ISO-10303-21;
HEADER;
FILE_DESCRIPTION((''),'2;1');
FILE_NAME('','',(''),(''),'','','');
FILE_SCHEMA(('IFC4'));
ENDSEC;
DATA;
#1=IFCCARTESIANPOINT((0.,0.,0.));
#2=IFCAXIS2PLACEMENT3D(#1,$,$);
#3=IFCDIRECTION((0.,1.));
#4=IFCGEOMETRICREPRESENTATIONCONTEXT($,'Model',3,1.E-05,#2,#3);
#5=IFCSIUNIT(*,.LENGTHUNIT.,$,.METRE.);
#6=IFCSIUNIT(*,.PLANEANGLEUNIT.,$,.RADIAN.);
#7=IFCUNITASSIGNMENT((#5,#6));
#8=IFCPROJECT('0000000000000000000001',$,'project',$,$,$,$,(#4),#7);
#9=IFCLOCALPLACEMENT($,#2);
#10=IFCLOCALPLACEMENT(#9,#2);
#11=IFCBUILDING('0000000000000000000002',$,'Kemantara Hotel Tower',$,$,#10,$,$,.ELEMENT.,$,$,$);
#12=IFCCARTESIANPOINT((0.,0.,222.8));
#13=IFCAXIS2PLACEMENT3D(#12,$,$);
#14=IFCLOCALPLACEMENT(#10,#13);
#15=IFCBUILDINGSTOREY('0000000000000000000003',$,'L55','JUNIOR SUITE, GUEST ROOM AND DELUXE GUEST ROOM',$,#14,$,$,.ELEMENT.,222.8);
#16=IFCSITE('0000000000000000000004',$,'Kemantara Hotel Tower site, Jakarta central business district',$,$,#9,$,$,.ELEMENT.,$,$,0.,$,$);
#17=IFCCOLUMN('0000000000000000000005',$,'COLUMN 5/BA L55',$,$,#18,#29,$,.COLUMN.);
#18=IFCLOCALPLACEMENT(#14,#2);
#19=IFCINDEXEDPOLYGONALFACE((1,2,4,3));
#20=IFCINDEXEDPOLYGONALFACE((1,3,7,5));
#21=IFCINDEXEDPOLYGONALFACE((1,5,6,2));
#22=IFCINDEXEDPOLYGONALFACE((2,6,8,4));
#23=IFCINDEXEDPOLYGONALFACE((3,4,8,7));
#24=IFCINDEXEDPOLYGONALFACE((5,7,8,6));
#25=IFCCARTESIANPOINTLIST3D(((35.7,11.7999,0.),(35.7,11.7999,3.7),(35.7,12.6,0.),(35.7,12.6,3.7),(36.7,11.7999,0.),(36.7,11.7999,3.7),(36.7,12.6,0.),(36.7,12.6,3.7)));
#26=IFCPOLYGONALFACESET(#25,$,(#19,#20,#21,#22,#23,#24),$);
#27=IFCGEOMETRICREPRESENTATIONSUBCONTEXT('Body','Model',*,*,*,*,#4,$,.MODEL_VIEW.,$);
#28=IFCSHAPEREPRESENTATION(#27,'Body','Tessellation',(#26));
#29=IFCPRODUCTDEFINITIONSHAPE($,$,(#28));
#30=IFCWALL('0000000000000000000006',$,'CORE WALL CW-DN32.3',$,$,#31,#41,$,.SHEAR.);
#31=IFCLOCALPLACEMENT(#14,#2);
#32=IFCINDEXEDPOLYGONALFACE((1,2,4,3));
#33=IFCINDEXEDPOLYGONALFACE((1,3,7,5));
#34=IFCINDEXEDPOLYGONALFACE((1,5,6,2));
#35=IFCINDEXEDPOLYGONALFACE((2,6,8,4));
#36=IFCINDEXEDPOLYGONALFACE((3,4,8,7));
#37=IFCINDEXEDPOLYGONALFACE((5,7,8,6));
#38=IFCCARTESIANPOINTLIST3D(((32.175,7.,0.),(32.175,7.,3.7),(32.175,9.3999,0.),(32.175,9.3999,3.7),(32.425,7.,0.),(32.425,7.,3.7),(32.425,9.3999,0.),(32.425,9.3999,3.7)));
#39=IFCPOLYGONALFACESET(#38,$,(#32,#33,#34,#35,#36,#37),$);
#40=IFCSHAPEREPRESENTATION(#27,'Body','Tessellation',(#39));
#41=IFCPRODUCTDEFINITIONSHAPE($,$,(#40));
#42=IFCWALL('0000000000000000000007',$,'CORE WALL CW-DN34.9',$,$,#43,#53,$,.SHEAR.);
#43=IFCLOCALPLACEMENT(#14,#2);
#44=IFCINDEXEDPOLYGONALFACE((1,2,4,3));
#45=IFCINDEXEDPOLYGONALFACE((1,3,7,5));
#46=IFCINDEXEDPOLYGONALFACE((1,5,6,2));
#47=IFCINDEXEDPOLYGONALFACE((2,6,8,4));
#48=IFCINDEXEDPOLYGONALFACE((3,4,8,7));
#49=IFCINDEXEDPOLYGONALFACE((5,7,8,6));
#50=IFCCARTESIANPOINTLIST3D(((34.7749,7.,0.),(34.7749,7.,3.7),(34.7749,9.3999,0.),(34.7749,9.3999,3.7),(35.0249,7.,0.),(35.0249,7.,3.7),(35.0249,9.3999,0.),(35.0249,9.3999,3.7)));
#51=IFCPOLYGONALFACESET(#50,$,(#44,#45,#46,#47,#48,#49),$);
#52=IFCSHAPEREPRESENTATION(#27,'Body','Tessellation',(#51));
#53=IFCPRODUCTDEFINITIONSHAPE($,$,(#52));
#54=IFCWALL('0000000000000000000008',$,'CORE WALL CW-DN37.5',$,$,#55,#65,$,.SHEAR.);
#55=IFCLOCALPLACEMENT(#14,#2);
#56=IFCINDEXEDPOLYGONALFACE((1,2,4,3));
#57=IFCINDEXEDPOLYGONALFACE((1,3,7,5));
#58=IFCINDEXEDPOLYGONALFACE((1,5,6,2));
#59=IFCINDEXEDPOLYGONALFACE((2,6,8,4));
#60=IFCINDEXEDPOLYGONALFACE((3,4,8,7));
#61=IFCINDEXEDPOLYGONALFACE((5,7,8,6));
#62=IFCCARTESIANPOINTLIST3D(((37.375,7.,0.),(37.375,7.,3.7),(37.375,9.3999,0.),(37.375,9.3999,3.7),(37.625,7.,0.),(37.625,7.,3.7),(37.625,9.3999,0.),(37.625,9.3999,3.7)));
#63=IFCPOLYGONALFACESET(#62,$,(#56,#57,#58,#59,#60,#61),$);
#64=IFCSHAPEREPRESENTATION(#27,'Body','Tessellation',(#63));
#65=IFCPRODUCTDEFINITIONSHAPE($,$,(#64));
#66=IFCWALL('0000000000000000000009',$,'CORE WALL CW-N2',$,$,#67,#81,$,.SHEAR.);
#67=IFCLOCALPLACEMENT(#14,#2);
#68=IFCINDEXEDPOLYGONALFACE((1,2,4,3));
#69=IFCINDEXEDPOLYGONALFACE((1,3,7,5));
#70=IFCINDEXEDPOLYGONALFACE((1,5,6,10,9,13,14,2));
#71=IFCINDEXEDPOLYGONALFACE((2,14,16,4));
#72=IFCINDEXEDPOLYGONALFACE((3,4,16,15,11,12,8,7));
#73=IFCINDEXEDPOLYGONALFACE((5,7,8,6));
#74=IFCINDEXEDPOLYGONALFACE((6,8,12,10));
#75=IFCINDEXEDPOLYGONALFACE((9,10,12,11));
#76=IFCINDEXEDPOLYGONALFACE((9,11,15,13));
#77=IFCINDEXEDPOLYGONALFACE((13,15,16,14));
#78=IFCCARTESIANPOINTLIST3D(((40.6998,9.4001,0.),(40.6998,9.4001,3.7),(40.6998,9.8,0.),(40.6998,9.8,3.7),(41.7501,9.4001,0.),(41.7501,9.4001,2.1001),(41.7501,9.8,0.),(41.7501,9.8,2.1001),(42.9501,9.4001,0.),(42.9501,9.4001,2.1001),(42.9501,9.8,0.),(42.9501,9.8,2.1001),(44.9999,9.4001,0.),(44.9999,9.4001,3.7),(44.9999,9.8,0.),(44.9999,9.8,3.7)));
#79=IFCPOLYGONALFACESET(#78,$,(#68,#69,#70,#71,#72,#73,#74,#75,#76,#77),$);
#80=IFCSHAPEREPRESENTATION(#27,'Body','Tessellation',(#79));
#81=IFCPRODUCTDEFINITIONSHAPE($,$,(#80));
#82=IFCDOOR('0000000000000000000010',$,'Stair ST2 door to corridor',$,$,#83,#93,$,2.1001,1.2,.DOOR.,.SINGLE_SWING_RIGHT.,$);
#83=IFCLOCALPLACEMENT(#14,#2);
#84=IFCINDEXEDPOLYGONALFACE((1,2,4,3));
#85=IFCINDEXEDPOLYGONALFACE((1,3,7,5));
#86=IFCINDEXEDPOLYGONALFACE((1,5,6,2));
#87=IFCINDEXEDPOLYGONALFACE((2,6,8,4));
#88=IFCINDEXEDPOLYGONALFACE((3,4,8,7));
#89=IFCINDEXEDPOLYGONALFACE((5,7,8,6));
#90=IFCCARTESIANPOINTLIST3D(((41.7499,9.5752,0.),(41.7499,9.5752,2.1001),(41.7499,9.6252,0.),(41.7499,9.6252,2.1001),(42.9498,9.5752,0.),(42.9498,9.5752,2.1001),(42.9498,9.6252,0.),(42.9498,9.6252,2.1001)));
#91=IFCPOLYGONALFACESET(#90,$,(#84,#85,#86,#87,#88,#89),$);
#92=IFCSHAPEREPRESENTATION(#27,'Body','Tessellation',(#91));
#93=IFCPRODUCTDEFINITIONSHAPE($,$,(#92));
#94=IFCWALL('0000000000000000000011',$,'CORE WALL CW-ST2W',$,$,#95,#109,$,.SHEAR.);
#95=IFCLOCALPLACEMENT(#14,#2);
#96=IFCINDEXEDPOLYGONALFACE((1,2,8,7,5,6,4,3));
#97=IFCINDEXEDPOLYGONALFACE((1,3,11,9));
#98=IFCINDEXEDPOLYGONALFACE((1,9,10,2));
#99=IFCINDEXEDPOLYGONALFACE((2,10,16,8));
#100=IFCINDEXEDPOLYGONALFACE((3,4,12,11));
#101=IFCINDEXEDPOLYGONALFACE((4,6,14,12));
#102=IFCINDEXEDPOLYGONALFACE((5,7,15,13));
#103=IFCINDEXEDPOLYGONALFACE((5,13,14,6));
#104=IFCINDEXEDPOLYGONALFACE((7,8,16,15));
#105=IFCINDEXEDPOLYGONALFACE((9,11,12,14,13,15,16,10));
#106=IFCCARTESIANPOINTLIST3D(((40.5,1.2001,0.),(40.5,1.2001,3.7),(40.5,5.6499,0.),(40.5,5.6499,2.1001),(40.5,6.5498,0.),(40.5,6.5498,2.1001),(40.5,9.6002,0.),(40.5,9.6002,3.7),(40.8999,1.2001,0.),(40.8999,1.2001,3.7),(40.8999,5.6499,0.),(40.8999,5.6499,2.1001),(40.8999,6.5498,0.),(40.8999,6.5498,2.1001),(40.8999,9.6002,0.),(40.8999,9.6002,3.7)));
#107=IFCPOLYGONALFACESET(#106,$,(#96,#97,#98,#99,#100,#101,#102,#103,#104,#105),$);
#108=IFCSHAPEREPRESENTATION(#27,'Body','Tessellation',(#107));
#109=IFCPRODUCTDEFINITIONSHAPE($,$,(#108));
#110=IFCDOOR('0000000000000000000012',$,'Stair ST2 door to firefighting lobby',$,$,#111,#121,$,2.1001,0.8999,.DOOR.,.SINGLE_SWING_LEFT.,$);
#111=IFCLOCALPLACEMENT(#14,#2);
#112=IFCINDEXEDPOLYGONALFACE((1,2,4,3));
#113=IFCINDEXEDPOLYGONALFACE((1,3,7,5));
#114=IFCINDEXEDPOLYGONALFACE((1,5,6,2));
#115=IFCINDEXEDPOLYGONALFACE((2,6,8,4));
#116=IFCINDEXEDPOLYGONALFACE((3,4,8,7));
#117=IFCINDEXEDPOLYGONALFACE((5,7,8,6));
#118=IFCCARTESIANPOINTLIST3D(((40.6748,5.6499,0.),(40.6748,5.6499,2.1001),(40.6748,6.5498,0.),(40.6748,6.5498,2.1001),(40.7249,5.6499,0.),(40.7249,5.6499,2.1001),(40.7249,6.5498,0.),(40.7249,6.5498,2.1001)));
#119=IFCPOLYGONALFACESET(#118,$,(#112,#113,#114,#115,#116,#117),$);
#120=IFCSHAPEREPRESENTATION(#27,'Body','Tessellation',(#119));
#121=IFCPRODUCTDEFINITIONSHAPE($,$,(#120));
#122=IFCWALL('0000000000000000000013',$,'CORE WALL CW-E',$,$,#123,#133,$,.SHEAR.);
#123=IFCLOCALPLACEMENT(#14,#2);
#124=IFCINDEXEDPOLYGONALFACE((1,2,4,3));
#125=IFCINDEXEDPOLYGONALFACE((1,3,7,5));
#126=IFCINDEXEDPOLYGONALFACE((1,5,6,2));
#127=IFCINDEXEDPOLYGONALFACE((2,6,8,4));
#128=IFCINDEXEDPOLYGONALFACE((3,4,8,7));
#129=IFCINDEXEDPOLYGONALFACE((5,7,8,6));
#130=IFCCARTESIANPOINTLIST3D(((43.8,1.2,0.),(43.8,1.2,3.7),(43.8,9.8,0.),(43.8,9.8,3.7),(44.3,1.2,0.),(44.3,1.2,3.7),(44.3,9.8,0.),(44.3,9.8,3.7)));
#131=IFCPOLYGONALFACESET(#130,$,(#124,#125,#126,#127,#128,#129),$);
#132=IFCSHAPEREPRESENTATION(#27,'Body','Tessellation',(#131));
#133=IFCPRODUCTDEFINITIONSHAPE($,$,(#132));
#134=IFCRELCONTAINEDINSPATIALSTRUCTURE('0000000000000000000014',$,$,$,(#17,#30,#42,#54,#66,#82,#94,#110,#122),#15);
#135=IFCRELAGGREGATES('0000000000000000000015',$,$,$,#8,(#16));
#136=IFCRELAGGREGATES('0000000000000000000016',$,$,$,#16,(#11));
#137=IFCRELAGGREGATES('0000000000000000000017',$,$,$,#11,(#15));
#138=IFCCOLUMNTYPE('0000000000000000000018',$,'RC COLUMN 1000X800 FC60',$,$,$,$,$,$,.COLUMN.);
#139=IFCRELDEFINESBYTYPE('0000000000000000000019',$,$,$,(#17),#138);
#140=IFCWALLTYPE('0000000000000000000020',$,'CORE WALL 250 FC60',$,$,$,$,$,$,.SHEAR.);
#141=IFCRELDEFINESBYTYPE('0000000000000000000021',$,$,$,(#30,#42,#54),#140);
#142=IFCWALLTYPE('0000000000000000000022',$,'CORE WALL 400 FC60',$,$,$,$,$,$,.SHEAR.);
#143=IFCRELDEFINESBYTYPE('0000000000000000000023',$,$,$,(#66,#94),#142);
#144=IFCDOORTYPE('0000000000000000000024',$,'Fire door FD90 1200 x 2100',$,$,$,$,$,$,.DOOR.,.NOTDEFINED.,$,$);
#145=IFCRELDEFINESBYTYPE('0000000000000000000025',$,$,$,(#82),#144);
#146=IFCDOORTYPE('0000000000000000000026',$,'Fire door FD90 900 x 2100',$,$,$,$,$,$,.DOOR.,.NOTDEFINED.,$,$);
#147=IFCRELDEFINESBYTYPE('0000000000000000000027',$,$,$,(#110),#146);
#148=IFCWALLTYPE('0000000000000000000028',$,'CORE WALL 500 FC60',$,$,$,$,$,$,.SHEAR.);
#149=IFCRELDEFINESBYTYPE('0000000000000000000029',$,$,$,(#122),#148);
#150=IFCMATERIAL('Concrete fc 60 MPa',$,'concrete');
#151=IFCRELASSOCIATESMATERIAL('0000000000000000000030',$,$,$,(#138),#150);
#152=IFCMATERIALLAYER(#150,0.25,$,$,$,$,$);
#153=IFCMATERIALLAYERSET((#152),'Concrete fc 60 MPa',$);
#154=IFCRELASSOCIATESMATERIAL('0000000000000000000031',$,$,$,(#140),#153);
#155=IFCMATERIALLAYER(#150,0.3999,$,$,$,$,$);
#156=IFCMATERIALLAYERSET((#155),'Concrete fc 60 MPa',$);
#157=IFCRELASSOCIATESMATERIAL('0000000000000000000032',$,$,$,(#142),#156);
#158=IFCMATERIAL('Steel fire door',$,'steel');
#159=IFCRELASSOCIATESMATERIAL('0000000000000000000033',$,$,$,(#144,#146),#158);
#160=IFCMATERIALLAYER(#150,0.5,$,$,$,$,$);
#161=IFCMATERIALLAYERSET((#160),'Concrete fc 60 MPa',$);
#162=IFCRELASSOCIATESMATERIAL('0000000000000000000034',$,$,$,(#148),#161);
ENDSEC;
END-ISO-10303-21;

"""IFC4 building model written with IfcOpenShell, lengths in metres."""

from ifc_helpers import new_model, si_unit, direction, frame, frame_2d, origin, origin_2d, place, context, subcontext, project, spatial, rectangle, extrude, material, layer, layer_set, material_profile, profile_set, type_object, element, fill, save


model = new_model("IFC4")

# Units and contexts
model_context = context("Model", 3, precision=1e-05, world=origin(), true_north=direction((0.0, 1.0)))
body_context = subcontext(model_context, "Body", "Model", "MODEL_VIEW")
ifc_project = project(units=[si_unit("LENGTHUNIT", "METRE"), si_unit("PLANEANGLEUNIT", "RADIAN")], contexts=[model_context])

# Site, building, storey
site_placement = place(None, origin())
site = spatial("IfcSite", under=ifc_project, at=site_placement, Name="Kemantara Hotel Tower site, Jakarta central business district", CompositionType="ELEMENT", RefElevation=0.0)
building_placement = place(site_placement, origin())
building = spatial("IfcBuilding", under=site, at=building_placement, Name="Kemantara Hotel Tower", CompositionType="ELEMENT")
storey_placement = place(building_placement, frame((0.0, 0.0, 222.8)))
storey = spatial("IfcBuildingStorey", under=building, at=storey_placement, Name="L55", Description="JUNIOR SUITE, GUEST ROOM AND DELUXE GUEST ROOM", CompositionType="ELEMENT", Elevation=222.8)

# Column
ifc_material_1 = material(Name="Concrete fc 60 MPa", Category="concrete")
ifc_material_profile = material_profile(ifc_material_1, rectangle(XDim=1.0, YDim=0.8, at=origin_2d()), Name="RC 1000X800")
ifc_profile_set = profile_set([ifc_material_profile], Name="Concrete fc 60 MPa")
column_type = type_object("IfcColumnType", Name="RC COLUMN 1000X800 FC60", PredefinedType="COLUMN", material=ifc_profile_set)
column_placement = place(storey_placement, frame((36.2, 12.2, 0.0), z_axis=(0.0, 0.0, 1.0), x_axis=(1.0, 0.0, 0.0)))
element("IfcColumn", 1, at=column_placement, inside=storey, type_object=column_type, Name="COLUMN 5/BA L55", PredefinedType="COLUMN", context=body_context, shape_type="SweptSolid", body=[
    extrude(rectangle(XDim=1.0, YDim=0.8, at=origin_2d()), origin(), (0.0, 0.0, 1.0), 3.7),
])

# Walls
ifc_layer_1 = layer(ifc_material_1, 0.25)
ifc_layer_set_1 = layer_set([ifc_layer_1], Name="Concrete fc 60 MPa")
wall_type_1 = type_object("IfcWallType", Name="CORE WALL 250 FC60", PredefinedType="SHEAR", material=ifc_layer_set_1)
for number, where, z_axis, x_axis, name in (
    (2, (32.3, 7.0, 0.0), (0.0, 0.0, 1.0), (0.0, 1.0, 0.0), "CORE WALL CW-DN32.3"),
    (3, (34.8999, 7.0, 0.0), (0.0, 0.0, 1.0), (0.0, 1.0, 0.0), "CORE WALL CW-DN34.9"),
    (4, (37.5, 7.0, 0.0), (0.0, 0.0, 1.0), (0.0, 1.0, 0.0), "CORE WALL CW-DN37.5"),
):
    element("IfcWall", number, at=place(storey_placement, frame(where, z_axis=z_axis, x_axis=x_axis)), inside=storey, type_object=wall_type_1, Name=name, PredefinedType="SHEAR", context=body_context, shape_type="SweptSolid", body=[
        extrude(rectangle(XDim=2.3999, YDim=0.25, at=frame_2d((1.2, 0.0))), origin(), (0.0, 0.0, 1.0), 3.7),
    ])

# Walls, openings, doors
ifc_layer_2 = layer(ifc_material_1, 0.3999)
ifc_layer_set_2 = layer_set([ifc_layer_2], Name="Concrete fc 60 MPa")
wall_type_2 = type_object("IfcWallType", Name="CORE WALL 400 FC60", PredefinedType="SHEAR", material=ifc_layer_set_2)
wall_1_placement = place(storey_placement, frame((40.7, 9.6001, 0.0), z_axis=(0.0, 0.0, 1.0), x_axis=(1.0, 0.0, 0.0)))
wall_1 = element("IfcWall", 5, at=wall_1_placement, inside=storey, type_object=wall_type_2, Name="CORE WALL CW-N2", PredefinedType="SHEAR", context=body_context, shape_type="SweptSolid", body=[
    extrude(rectangle(XDim=4.3, YDim=0.3999, at=frame_2d((2.1499, 0.0))), origin(), (0.0, 0.0, 1.0), 3.7),
])
opening_1_placement = place(wall_1_placement, frame((1.05, 0.0, 0.0)))
opening_1 = element("IfcOpeningElement", 6, at=opening_1_placement, cuts=wall_1, PredefinedType="OPENING", context=body_context, shape_type="SweptSolid", body=[
    extrude(rectangle(XDim=1.2, YDim=2.1001, at=frame_2d((0.6001, 1.05))), frame((0.0, 0.21, 0.0), z_axis=(0.0, -1.0, 0.0), x_axis=(1.0, 0.0, 0.0)), (0.0, 0.0, 1.0), 0.4199),
])
ifc_material_2 = material(Name="Steel fire door", Category="steel")
door_type_1 = type_object("IfcDoorType", Name="Fire door FD90 1200 x 2100", OperationType="NOTDEFINED", PredefinedType="DOOR", material=ifc_material_2)
door_1_placement = place(opening_1_placement, frame((1.2, 0.0, 0.0), z_axis=(0.0, 0.0, 1.0), x_axis=(-1.0, 0.0, 0.0)))
door_1 = element("IfcDoor", 7, at=door_1_placement, inside=storey, type_object=door_type_1, Name="Stair ST2 door to corridor", OperationType="SINGLE_SWING_RIGHT", OverallHeight=2.1001, OverallWidth=1.2, PredefinedType="DOOR", context=body_context, shape_type="SweptSolid", body=[
    extrude(rectangle(XDim=1.2, YDim=2.1001, at=frame_2d((0.6001, 1.05))), frame((0.0, 0.0249, 0.0), z_axis=(0.0, -1.0, 0.0), x_axis=(1.0, 0.0, 0.0)), (0.0, 0.0, 1.0), 0.05),
])
fill(opening_1, door_1)
wall_2_placement = place(storey_placement, frame((40.7, 1.2, 0.0), z_axis=(0.0, 0.0, 1.0), x_axis=(0.0, 1.0, 0.0)))
wall_2 = element("IfcWall", 8, at=wall_2_placement, inside=storey, type_object=wall_type_2, Name="CORE WALL CW-ST2W", PredefinedType="SHEAR", context=body_context, shape_type="SweptSolid", body=[
    extrude(rectangle(XDim=8.4001, YDim=0.3999, at=frame_2d((4.2002, 0.0))), origin(), (0.0, 0.0, 1.0), 3.7),
])
opening_2_placement = place(wall_2_placement, frame((4.45, 0.0, 0.0)))
opening_2 = element("IfcOpeningElement", 9, at=opening_2_placement, cuts=wall_2, PredefinedType="OPENING", context=body_context, shape_type="SweptSolid", body=[
    extrude(rectangle(XDim=0.8999, YDim=2.1001, at=frame_2d((0.45, 1.05))), frame((0.0, 0.21, 0.0), z_axis=(0.0, -1.0, 0.0), x_axis=(1.0, 0.0, 0.0)), (0.0, 0.0, 1.0), 0.4199),
])
door_type_2 = type_object("IfcDoorType", Name="Fire door FD90 900 x 2100", OperationType="NOTDEFINED", PredefinedType="DOOR", material=ifc_material_2)
door_2_placement = place(opening_2_placement, frame((0.8999, 0.0, 0.0), z_axis=(0.0, 0.0, 1.0), x_axis=(-1.0, 0.0, 0.0)))
door_2 = element("IfcDoor", 10, at=door_2_placement, inside=storey, type_object=door_type_2, Name="Stair ST2 door to firefighting lobby", OperationType="SINGLE_SWING_LEFT", OverallHeight=2.1001, OverallWidth=0.8999, PredefinedType="DOOR", context=body_context, shape_type="SweptSolid", body=[
    extrude(rectangle(XDim=0.8999, YDim=2.1001, at=frame_2d((0.45, 1.05))), frame((0.0, 0.0249, 0.0), z_axis=(0.0, -1.0, 0.0), x_axis=(1.0, 0.0, 0.0)), (0.0, 0.0, 1.0), 0.05),
])
fill(opening_2, door_2)

# Wall
ifc_layer_3 = layer(ifc_material_1, 0.5)
ifc_layer_set_3 = layer_set([ifc_layer_3], Name="Concrete fc 60 MPa")
wall_type_3 = type_object("IfcWallType", Name="CORE WALL 500 FC60", PredefinedType="SHEAR", material=ifc_layer_set_3)
wall_3_placement = place(storey_placement, frame((44.05, 1.2, 0.0), z_axis=(0.0, 0.0, 1.0), x_axis=(0.0, 1.0, 0.0)))
element("IfcWall", 11, at=wall_3_placement, inside=storey, type_object=wall_type_3, Name="CORE WALL CW-E", PredefinedType="SHEAR", context=body_context, shape_type="SweptSolid", body=[
    extrude(rectangle(XDim=8.6001, YDim=0.5, at=frame_2d((4.3, 0.0))), origin(), (0.0, 0.0, 1.0), 3.7),
])

save(model, "model.ifc")
